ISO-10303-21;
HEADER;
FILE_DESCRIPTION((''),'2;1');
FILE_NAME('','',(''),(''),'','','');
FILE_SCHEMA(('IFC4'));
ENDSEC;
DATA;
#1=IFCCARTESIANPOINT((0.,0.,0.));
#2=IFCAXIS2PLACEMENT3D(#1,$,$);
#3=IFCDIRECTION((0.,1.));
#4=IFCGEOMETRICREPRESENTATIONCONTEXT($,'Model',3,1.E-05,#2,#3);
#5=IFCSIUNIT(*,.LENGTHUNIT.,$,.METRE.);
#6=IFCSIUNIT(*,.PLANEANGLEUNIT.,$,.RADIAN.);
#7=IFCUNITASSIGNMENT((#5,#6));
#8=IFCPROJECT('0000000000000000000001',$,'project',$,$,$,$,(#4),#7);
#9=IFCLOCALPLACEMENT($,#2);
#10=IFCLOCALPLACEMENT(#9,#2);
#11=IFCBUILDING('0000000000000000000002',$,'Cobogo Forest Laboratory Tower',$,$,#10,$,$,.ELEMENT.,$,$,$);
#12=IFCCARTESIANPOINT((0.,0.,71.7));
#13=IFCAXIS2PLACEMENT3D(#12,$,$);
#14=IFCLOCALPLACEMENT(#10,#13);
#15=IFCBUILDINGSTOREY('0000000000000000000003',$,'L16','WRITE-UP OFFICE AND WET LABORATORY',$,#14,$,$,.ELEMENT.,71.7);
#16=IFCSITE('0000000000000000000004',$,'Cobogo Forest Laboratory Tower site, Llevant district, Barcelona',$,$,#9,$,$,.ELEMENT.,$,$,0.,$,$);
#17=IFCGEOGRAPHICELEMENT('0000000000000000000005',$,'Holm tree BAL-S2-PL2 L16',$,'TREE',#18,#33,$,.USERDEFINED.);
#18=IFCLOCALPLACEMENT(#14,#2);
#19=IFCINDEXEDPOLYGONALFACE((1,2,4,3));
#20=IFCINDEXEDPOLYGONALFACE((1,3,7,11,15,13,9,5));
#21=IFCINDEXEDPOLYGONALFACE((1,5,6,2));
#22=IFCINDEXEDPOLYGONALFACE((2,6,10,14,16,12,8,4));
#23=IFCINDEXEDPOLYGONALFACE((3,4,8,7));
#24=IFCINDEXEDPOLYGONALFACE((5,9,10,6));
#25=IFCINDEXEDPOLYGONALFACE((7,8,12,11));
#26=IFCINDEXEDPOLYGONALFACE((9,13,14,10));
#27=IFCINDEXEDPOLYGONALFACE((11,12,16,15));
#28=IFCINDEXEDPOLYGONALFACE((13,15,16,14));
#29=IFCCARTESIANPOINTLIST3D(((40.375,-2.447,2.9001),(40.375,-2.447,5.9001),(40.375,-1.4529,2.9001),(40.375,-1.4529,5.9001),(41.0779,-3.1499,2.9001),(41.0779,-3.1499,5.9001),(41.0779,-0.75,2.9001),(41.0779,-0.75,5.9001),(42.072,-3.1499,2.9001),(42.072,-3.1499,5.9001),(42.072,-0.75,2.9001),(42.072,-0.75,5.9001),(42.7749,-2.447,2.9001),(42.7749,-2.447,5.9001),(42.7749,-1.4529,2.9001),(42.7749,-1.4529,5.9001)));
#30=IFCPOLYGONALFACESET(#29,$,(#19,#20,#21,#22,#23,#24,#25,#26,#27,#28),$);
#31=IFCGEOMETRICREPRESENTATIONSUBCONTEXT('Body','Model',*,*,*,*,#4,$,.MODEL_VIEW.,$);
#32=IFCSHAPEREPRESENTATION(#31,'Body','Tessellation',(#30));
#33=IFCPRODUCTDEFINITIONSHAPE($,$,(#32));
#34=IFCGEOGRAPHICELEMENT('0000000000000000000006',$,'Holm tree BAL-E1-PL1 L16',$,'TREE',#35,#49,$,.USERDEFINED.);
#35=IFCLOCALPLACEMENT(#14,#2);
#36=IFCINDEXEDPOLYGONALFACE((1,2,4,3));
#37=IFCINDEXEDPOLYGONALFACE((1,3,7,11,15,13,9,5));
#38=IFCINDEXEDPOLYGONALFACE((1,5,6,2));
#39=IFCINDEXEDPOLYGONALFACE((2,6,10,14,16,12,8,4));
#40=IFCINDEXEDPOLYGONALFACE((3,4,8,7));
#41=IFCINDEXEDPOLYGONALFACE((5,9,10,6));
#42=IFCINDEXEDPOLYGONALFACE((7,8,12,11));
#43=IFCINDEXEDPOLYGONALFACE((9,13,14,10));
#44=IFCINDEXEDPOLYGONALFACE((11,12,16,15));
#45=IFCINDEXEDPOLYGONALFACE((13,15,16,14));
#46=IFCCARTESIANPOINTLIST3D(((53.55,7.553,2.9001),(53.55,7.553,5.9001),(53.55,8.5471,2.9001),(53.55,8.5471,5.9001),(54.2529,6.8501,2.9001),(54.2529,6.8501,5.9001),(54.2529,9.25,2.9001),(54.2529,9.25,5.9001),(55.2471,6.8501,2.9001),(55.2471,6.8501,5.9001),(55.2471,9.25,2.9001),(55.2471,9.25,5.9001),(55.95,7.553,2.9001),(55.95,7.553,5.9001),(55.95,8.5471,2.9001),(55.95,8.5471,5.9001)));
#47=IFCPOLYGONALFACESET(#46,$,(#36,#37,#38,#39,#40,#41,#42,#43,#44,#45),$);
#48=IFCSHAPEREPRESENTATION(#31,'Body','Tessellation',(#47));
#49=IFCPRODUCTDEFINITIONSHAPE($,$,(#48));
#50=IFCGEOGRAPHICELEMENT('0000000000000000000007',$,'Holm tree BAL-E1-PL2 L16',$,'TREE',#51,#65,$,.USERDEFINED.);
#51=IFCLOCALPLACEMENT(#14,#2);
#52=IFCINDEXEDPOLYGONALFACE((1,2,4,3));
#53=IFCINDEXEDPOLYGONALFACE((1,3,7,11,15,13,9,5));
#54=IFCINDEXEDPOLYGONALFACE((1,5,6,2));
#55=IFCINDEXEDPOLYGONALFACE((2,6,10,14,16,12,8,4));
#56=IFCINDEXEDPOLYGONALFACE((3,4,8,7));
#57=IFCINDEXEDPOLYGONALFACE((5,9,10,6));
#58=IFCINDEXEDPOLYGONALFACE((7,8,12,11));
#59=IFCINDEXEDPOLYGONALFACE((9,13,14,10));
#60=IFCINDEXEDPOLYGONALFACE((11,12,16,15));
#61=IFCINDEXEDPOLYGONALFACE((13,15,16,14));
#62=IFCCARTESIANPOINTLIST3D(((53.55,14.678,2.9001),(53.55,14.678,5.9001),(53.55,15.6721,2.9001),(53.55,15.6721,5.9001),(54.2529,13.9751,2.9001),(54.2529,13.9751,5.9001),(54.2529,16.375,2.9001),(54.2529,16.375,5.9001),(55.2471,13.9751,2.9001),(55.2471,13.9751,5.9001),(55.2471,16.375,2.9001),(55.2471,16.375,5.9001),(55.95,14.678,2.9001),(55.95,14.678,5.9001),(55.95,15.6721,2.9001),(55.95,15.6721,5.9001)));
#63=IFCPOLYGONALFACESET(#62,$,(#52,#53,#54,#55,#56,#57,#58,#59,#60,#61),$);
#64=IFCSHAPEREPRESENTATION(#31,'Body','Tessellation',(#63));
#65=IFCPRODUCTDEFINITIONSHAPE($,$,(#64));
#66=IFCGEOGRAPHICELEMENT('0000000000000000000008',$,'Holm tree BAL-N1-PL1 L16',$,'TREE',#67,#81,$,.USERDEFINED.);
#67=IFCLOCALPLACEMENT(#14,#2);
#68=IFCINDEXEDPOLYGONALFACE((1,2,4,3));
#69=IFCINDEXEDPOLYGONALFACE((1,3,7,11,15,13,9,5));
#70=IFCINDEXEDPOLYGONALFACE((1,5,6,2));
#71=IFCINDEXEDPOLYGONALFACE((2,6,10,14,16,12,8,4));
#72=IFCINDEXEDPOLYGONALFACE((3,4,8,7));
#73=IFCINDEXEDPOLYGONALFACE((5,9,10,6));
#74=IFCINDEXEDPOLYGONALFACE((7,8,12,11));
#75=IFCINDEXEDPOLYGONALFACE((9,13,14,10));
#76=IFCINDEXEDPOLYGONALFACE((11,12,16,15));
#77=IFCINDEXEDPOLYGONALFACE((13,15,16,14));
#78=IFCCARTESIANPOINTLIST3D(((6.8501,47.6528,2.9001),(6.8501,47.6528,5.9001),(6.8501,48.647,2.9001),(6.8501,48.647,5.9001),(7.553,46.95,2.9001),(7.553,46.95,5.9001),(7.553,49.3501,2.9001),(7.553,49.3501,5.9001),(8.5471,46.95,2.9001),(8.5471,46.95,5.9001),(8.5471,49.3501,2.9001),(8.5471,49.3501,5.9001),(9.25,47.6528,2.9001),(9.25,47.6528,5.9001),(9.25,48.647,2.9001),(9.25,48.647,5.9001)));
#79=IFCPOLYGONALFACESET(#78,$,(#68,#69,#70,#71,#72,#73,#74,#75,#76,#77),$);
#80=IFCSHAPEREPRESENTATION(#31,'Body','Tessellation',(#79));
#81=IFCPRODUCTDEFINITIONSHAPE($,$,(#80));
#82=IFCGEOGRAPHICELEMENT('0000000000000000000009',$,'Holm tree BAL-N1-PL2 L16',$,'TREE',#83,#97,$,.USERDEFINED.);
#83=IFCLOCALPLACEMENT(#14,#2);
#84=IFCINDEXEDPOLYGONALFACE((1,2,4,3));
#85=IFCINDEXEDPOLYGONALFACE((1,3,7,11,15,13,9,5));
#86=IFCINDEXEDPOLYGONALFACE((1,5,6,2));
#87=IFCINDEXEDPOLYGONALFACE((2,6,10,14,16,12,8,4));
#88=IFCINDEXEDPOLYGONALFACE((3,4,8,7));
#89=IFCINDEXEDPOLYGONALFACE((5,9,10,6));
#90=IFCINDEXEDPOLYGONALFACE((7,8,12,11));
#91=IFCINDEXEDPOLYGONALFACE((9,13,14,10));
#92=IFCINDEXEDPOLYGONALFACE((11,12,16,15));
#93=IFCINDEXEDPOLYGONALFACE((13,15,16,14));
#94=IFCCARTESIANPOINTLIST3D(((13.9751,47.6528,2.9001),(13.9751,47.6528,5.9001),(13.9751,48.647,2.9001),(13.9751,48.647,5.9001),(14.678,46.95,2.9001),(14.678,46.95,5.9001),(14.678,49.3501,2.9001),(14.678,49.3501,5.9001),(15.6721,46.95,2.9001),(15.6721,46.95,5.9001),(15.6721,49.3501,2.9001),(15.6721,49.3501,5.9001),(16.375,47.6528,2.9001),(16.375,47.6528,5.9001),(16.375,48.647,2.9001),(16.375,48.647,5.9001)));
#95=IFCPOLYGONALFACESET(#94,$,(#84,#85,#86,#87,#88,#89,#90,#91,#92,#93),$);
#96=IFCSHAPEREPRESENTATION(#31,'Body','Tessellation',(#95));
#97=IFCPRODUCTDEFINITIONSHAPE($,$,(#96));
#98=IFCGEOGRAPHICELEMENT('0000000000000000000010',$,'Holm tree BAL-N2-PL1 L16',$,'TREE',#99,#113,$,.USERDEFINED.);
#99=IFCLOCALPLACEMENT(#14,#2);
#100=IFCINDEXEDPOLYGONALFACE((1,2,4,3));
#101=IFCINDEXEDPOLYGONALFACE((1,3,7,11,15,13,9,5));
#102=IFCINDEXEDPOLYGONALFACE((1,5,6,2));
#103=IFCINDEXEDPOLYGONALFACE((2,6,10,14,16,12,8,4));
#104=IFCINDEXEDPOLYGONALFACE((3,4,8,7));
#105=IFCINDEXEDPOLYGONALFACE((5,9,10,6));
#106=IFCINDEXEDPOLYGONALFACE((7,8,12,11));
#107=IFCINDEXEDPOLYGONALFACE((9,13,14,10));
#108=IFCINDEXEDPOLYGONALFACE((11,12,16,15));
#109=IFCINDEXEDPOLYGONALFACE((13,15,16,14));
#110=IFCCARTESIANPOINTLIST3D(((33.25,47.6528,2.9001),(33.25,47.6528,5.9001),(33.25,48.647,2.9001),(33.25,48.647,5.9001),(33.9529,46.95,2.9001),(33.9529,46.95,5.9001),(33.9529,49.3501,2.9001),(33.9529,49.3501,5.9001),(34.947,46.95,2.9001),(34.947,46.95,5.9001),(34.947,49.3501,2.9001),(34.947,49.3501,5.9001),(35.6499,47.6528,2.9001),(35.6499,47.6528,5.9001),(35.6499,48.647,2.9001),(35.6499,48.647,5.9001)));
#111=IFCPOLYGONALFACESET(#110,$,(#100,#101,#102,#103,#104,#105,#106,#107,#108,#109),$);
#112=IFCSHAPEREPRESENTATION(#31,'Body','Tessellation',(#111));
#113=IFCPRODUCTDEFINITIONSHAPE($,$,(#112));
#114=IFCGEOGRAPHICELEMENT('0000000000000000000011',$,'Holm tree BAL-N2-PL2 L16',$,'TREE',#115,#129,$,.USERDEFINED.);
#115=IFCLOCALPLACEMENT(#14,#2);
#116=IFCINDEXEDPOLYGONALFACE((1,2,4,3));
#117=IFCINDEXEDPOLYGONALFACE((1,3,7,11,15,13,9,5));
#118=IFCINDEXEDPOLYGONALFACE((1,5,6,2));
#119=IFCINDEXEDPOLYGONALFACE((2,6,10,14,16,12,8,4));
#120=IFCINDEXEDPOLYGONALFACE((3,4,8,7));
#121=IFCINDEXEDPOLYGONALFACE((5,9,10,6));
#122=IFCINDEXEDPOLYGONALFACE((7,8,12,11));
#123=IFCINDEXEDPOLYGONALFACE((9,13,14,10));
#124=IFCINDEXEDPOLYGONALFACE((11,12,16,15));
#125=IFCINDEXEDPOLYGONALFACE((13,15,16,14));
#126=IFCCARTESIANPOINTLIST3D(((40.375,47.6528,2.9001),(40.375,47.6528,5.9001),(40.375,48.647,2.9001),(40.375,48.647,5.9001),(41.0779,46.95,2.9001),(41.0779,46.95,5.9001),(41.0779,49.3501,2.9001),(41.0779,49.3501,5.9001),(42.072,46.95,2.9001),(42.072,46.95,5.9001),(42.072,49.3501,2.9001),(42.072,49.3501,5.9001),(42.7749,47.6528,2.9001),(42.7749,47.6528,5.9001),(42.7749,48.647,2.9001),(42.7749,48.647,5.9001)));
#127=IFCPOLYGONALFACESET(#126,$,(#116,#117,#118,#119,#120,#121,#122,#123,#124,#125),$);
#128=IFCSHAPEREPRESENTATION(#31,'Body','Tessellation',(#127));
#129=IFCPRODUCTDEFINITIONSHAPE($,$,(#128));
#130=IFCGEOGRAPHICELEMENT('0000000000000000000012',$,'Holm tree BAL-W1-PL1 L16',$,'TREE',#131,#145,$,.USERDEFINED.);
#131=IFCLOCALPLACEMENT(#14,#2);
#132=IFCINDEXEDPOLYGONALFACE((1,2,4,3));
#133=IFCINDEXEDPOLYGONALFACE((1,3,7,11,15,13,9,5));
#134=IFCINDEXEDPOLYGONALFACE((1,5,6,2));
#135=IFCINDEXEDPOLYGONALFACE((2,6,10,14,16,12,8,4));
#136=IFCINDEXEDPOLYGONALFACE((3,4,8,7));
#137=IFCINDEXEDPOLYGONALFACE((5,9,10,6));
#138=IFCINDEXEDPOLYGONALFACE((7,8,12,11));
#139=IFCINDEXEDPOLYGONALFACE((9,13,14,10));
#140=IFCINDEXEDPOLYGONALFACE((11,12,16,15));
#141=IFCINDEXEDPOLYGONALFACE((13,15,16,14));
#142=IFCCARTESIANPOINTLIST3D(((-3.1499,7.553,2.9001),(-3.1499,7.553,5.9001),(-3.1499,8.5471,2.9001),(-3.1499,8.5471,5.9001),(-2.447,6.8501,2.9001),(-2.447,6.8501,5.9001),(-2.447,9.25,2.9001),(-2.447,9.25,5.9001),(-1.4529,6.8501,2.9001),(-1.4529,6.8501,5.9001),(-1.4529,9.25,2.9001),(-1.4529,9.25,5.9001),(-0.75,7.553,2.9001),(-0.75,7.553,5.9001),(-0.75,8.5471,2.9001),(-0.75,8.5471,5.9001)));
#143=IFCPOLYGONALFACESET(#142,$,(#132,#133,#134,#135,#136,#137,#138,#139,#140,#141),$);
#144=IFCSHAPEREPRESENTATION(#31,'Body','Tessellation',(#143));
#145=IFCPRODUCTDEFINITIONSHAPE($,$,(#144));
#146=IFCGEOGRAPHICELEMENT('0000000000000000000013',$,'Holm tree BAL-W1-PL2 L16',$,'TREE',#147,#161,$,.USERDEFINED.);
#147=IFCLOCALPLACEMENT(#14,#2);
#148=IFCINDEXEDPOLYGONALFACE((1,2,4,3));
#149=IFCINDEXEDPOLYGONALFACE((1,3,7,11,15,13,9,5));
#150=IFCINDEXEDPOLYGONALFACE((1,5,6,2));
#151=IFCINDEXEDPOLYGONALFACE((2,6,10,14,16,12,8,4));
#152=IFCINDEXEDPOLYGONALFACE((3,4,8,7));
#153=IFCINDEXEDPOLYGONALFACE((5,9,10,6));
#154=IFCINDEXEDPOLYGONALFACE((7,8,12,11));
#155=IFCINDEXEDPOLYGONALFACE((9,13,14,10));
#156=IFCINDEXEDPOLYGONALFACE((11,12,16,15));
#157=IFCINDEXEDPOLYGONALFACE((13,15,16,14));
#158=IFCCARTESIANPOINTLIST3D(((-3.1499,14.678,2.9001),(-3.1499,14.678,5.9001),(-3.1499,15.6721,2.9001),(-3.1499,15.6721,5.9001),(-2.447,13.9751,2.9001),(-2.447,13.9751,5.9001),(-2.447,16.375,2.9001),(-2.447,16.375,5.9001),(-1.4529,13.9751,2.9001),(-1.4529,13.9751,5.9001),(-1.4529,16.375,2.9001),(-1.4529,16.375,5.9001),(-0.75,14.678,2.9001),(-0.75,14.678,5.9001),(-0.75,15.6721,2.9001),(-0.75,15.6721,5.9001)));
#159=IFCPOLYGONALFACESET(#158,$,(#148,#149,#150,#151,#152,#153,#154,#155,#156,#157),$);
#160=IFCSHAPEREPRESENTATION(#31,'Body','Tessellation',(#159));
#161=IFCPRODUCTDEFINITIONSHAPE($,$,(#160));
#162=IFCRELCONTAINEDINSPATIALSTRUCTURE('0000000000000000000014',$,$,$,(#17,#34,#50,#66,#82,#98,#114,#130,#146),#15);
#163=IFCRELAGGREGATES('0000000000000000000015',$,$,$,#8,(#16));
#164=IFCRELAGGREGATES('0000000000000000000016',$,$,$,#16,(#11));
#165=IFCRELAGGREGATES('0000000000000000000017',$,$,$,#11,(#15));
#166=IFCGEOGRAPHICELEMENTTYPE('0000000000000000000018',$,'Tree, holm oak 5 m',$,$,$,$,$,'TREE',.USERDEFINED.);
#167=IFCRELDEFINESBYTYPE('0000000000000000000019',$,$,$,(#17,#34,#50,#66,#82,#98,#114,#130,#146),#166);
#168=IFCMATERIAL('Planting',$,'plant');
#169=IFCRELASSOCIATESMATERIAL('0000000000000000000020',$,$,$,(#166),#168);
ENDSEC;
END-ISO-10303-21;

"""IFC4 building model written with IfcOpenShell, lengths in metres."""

from ifc_helpers import new_model, si_unit, direction, frame, origin, place, context, subcontext, project, spatial, polyline, outline, extrude, material, type_object, element, save


model = new_model("IFC4")

# Units and contexts
model_context = context("Model", 3, precision=1e-05, world=origin(), true_north=direction((0.0, 1.0)))
body_context = subcontext(model_context, "Body", "Model", "MODEL_VIEW")
ifc_project = project(units=[si_unit("LENGTHUNIT", "METRE"), si_unit("PLANEANGLEUNIT", "RADIAN")], contexts=[model_context])

# Site, building, storey
site_placement = place(None, origin())
site = spatial("IfcSite", under=ifc_project, at=site_placement, Name="Cobogo Forest Laboratory Tower site, Llevant district, Barcelona", CompositionType="ELEMENT", RefElevation=0.0)
building_placement = place(site_placement, origin())
building = spatial("IfcBuilding", under=site, at=building_placement, Name="Cobogo Forest Laboratory Tower", CompositionType="ELEMENT")
storey_placement = place(building_placement, frame((0.0, 0.0, 71.7)))
storey = spatial("IfcBuildingStorey", under=building, at=storey_placement, Name="L16", Description="WRITE-UP OFFICE AND WET LABORATORY", CompositionType="ELEMENT", Elevation=71.7)

# Geographic elements
ifc_material_1 = material(Name="Planting", Category="plant")
geographic_element_type = type_object("IfcGeographicElementType", Name="Tree, holm oak 5 m", ElementType="TREE", PredefinedType="USERDEFINED", material=ifc_material_1)
geographic_element_1_placement = place(storey_placement, frame((0.0, 0.0, 2.9001)))
element("IfcGeographicElement", 1, at=geographic_element_1_placement, inside=storey, type_object=geographic_element_type, Name="Holm tree BAL-S2-PL2 L16", ObjectType="TREE", PredefinedType="USERDEFINED", context=body_context, shape_type="SweptSolid", body=[
    extrude(outline(polyline([(42.7749, -2.447), (42.7749, -1.4529), (42.072, -0.75), (41.0779, -0.75), (40.375, -1.4529), (40.375, -2.447), (41.0779, -3.1499), (42.072, -3.1499), (42.7749, -2.447)])), origin(), (0.0, 0.0, 1.0), 3.0),
])
geographic_element_2_placement = place(storey_placement, frame((0.0, 0.0, 2.9001)))
element("IfcGeographicElement", 2, at=geographic_element_2_placement, inside=storey, type_object=geographic_element_type, Name="Holm tree BAL-E1-PL1 L16", ObjectType="TREE", PredefinedType="USERDEFINED", context=body_context, shape_type="SweptSolid", body=[
    extrude(outline(polyline([(55.95, 7.553), (55.95, 8.5471), (55.2471, 9.25), (54.2529, 9.25), (53.55, 8.5471), (53.55, 7.553), (54.2529, 6.8501), (55.2471, 6.8501), (55.95, 7.553)])), origin(), (0.0, 0.0, 1.0), 3.0),
])
geographic_element_3_placement = place(storey_placement, frame((0.0, 0.0, 2.9001)))
element("IfcGeographicElement", 3, at=geographic_element_3_placement, inside=storey, type_object=geographic_element_type, Name="Holm tree BAL-E1-PL2 L16", ObjectType="TREE", PredefinedType="USERDEFINED", context=body_context, shape_type="SweptSolid", body=[
    extrude(outline(polyline([(55.95, 14.678), (55.95, 15.6721), (55.2471, 16.375), (54.2529, 16.375), (53.55, 15.6721), (53.55, 14.678), (54.2529, 13.9751), (55.2471, 13.9751), (55.95, 14.678)])), origin(), (0.0, 0.0, 1.0), 3.0),
])
geographic_element_4_placement = place(storey_placement, frame((0.0, 0.0, 2.9001)))
element("IfcGeographicElement", 4, at=geographic_element_4_placement, inside=storey, type_object=geographic_element_type, Name="Holm tree BAL-N1-PL1 L16", ObjectType="TREE", PredefinedType="USERDEFINED", context=body_context, shape_type="SweptSolid", body=[
    extrude(outline(polyline([(9.25, 47.6528), (9.25, 48.647), (8.5471, 49.3501), (7.553, 49.3501), (6.8501, 48.647), (6.8501, 47.6528), (7.553, 46.95), (8.5471, 46.95), (9.25, 47.6528)])), origin(), (0.0, 0.0, 1.0), 3.0),
])
geographic_element_5_placement = place(storey_placement, frame((0.0, 0.0, 2.9001)))
element("IfcGeographicElement", 5, at=geographic_element_5_placement, inside=storey, type_object=geographic_element_type, Name="Holm tree BAL-N1-PL2 L16", ObjectType="TREE", PredefinedType="USERDEFINED", context=body_context, shape_type="SweptSolid", body=[
    extrude(outline(polyline([(16.375, 47.6528), (16.375, 48.647), (15.6721, 49.3501), (14.678, 49.3501), (13.9751, 48.647), (13.9751, 47.6528), (14.678, 46.95), (15.6721, 46.95), (16.375, 47.6528)])), origin(), (0.0, 0.0, 1.0), 3.0),
])
geographic_element_6_placement = place(storey_placement, frame((0.0, 0.0, 2.9001)))
element("IfcGeographicElement", 6, at=geographic_element_6_placement, inside=storey, type_object=geographic_element_type, Name="Holm tree BAL-N2-PL1 L16", ObjectType="TREE", PredefinedType="USERDEFINED", context=body_context, shape_type="SweptSolid", body=[
    extrude(outline(polyline([(35.6499, 47.6528), (35.6499, 48.647), (34.947, 49.3501), (33.9529, 49.3501), (33.25, 48.647), (33.25, 47.6528), (33.9529, 46.95), (34.947, 46.95), (35.6499, 47.6528)])), origin(), (0.0, 0.0, 1.0), 3.0),
])
geographic_element_7_placement = place(storey_placement, frame((0.0, 0.0, 2.9001)))
element("IfcGeographicElement", 7, at=geographic_element_7_placement, inside=storey, type_object=geographic_element_type, Name="Holm tree BAL-N2-PL2 L16", ObjectType="TREE", PredefinedType="USERDEFINED", context=body_context, shape_type="SweptSolid", body=[
    extrude(outline(polyline([(42.7749, 47.6528), (42.7749, 48.647), (42.072, 49.3501), (41.0779, 49.3501), (40.375, 48.647), (40.375, 47.6528), (41.0779, 46.95), (42.072, 46.95), (42.7749, 47.6528)])), origin(), (0.0, 0.0, 1.0), 3.0),
])
geographic_element_8_placement = place(storey_placement, frame((0.0, 0.0, 2.9001)))
element("IfcGeographicElement", 8, at=geographic_element_8_placement, inside=storey, type_object=geographic_element_type, Name="Holm tree BAL-W1-PL1 L16", ObjectType="TREE", PredefinedType="USERDEFINED", context=body_context, shape_type="SweptSolid", body=[
    extrude(outline(polyline([(-0.75, 7.553), (-0.75, 8.5471), (-1.4529, 9.25), (-2.447, 9.25), (-3.1499, 8.5471), (-3.1499, 7.553), (-2.447, 6.8501), (-1.4529, 6.8501), (-0.75, 7.553)])), origin(), (0.0, 0.0, 1.0), 3.0),
])
geographic_element_9_placement = place(storey_placement, frame((0.0, 0.0, 2.9001)))
element("IfcGeographicElement", 9, at=geographic_element_9_placement, inside=storey, type_object=geographic_element_type, Name="Holm tree BAL-W1-PL2 L16", ObjectType="TREE", PredefinedType="USERDEFINED", context=body_context, shape_type="SweptSolid", body=[
    extrude(outline(polyline([(-0.75, 14.678), (-0.75, 15.6721), (-1.4529, 16.375), (-2.447, 16.375), (-3.1499, 15.6721), (-3.1499, 14.678), (-2.447, 13.9751), (-1.4529, 13.9751), (-0.75, 14.678)])), origin(), (0.0, 0.0, 1.0), 3.0),
])

save(model, "model.ifc")
